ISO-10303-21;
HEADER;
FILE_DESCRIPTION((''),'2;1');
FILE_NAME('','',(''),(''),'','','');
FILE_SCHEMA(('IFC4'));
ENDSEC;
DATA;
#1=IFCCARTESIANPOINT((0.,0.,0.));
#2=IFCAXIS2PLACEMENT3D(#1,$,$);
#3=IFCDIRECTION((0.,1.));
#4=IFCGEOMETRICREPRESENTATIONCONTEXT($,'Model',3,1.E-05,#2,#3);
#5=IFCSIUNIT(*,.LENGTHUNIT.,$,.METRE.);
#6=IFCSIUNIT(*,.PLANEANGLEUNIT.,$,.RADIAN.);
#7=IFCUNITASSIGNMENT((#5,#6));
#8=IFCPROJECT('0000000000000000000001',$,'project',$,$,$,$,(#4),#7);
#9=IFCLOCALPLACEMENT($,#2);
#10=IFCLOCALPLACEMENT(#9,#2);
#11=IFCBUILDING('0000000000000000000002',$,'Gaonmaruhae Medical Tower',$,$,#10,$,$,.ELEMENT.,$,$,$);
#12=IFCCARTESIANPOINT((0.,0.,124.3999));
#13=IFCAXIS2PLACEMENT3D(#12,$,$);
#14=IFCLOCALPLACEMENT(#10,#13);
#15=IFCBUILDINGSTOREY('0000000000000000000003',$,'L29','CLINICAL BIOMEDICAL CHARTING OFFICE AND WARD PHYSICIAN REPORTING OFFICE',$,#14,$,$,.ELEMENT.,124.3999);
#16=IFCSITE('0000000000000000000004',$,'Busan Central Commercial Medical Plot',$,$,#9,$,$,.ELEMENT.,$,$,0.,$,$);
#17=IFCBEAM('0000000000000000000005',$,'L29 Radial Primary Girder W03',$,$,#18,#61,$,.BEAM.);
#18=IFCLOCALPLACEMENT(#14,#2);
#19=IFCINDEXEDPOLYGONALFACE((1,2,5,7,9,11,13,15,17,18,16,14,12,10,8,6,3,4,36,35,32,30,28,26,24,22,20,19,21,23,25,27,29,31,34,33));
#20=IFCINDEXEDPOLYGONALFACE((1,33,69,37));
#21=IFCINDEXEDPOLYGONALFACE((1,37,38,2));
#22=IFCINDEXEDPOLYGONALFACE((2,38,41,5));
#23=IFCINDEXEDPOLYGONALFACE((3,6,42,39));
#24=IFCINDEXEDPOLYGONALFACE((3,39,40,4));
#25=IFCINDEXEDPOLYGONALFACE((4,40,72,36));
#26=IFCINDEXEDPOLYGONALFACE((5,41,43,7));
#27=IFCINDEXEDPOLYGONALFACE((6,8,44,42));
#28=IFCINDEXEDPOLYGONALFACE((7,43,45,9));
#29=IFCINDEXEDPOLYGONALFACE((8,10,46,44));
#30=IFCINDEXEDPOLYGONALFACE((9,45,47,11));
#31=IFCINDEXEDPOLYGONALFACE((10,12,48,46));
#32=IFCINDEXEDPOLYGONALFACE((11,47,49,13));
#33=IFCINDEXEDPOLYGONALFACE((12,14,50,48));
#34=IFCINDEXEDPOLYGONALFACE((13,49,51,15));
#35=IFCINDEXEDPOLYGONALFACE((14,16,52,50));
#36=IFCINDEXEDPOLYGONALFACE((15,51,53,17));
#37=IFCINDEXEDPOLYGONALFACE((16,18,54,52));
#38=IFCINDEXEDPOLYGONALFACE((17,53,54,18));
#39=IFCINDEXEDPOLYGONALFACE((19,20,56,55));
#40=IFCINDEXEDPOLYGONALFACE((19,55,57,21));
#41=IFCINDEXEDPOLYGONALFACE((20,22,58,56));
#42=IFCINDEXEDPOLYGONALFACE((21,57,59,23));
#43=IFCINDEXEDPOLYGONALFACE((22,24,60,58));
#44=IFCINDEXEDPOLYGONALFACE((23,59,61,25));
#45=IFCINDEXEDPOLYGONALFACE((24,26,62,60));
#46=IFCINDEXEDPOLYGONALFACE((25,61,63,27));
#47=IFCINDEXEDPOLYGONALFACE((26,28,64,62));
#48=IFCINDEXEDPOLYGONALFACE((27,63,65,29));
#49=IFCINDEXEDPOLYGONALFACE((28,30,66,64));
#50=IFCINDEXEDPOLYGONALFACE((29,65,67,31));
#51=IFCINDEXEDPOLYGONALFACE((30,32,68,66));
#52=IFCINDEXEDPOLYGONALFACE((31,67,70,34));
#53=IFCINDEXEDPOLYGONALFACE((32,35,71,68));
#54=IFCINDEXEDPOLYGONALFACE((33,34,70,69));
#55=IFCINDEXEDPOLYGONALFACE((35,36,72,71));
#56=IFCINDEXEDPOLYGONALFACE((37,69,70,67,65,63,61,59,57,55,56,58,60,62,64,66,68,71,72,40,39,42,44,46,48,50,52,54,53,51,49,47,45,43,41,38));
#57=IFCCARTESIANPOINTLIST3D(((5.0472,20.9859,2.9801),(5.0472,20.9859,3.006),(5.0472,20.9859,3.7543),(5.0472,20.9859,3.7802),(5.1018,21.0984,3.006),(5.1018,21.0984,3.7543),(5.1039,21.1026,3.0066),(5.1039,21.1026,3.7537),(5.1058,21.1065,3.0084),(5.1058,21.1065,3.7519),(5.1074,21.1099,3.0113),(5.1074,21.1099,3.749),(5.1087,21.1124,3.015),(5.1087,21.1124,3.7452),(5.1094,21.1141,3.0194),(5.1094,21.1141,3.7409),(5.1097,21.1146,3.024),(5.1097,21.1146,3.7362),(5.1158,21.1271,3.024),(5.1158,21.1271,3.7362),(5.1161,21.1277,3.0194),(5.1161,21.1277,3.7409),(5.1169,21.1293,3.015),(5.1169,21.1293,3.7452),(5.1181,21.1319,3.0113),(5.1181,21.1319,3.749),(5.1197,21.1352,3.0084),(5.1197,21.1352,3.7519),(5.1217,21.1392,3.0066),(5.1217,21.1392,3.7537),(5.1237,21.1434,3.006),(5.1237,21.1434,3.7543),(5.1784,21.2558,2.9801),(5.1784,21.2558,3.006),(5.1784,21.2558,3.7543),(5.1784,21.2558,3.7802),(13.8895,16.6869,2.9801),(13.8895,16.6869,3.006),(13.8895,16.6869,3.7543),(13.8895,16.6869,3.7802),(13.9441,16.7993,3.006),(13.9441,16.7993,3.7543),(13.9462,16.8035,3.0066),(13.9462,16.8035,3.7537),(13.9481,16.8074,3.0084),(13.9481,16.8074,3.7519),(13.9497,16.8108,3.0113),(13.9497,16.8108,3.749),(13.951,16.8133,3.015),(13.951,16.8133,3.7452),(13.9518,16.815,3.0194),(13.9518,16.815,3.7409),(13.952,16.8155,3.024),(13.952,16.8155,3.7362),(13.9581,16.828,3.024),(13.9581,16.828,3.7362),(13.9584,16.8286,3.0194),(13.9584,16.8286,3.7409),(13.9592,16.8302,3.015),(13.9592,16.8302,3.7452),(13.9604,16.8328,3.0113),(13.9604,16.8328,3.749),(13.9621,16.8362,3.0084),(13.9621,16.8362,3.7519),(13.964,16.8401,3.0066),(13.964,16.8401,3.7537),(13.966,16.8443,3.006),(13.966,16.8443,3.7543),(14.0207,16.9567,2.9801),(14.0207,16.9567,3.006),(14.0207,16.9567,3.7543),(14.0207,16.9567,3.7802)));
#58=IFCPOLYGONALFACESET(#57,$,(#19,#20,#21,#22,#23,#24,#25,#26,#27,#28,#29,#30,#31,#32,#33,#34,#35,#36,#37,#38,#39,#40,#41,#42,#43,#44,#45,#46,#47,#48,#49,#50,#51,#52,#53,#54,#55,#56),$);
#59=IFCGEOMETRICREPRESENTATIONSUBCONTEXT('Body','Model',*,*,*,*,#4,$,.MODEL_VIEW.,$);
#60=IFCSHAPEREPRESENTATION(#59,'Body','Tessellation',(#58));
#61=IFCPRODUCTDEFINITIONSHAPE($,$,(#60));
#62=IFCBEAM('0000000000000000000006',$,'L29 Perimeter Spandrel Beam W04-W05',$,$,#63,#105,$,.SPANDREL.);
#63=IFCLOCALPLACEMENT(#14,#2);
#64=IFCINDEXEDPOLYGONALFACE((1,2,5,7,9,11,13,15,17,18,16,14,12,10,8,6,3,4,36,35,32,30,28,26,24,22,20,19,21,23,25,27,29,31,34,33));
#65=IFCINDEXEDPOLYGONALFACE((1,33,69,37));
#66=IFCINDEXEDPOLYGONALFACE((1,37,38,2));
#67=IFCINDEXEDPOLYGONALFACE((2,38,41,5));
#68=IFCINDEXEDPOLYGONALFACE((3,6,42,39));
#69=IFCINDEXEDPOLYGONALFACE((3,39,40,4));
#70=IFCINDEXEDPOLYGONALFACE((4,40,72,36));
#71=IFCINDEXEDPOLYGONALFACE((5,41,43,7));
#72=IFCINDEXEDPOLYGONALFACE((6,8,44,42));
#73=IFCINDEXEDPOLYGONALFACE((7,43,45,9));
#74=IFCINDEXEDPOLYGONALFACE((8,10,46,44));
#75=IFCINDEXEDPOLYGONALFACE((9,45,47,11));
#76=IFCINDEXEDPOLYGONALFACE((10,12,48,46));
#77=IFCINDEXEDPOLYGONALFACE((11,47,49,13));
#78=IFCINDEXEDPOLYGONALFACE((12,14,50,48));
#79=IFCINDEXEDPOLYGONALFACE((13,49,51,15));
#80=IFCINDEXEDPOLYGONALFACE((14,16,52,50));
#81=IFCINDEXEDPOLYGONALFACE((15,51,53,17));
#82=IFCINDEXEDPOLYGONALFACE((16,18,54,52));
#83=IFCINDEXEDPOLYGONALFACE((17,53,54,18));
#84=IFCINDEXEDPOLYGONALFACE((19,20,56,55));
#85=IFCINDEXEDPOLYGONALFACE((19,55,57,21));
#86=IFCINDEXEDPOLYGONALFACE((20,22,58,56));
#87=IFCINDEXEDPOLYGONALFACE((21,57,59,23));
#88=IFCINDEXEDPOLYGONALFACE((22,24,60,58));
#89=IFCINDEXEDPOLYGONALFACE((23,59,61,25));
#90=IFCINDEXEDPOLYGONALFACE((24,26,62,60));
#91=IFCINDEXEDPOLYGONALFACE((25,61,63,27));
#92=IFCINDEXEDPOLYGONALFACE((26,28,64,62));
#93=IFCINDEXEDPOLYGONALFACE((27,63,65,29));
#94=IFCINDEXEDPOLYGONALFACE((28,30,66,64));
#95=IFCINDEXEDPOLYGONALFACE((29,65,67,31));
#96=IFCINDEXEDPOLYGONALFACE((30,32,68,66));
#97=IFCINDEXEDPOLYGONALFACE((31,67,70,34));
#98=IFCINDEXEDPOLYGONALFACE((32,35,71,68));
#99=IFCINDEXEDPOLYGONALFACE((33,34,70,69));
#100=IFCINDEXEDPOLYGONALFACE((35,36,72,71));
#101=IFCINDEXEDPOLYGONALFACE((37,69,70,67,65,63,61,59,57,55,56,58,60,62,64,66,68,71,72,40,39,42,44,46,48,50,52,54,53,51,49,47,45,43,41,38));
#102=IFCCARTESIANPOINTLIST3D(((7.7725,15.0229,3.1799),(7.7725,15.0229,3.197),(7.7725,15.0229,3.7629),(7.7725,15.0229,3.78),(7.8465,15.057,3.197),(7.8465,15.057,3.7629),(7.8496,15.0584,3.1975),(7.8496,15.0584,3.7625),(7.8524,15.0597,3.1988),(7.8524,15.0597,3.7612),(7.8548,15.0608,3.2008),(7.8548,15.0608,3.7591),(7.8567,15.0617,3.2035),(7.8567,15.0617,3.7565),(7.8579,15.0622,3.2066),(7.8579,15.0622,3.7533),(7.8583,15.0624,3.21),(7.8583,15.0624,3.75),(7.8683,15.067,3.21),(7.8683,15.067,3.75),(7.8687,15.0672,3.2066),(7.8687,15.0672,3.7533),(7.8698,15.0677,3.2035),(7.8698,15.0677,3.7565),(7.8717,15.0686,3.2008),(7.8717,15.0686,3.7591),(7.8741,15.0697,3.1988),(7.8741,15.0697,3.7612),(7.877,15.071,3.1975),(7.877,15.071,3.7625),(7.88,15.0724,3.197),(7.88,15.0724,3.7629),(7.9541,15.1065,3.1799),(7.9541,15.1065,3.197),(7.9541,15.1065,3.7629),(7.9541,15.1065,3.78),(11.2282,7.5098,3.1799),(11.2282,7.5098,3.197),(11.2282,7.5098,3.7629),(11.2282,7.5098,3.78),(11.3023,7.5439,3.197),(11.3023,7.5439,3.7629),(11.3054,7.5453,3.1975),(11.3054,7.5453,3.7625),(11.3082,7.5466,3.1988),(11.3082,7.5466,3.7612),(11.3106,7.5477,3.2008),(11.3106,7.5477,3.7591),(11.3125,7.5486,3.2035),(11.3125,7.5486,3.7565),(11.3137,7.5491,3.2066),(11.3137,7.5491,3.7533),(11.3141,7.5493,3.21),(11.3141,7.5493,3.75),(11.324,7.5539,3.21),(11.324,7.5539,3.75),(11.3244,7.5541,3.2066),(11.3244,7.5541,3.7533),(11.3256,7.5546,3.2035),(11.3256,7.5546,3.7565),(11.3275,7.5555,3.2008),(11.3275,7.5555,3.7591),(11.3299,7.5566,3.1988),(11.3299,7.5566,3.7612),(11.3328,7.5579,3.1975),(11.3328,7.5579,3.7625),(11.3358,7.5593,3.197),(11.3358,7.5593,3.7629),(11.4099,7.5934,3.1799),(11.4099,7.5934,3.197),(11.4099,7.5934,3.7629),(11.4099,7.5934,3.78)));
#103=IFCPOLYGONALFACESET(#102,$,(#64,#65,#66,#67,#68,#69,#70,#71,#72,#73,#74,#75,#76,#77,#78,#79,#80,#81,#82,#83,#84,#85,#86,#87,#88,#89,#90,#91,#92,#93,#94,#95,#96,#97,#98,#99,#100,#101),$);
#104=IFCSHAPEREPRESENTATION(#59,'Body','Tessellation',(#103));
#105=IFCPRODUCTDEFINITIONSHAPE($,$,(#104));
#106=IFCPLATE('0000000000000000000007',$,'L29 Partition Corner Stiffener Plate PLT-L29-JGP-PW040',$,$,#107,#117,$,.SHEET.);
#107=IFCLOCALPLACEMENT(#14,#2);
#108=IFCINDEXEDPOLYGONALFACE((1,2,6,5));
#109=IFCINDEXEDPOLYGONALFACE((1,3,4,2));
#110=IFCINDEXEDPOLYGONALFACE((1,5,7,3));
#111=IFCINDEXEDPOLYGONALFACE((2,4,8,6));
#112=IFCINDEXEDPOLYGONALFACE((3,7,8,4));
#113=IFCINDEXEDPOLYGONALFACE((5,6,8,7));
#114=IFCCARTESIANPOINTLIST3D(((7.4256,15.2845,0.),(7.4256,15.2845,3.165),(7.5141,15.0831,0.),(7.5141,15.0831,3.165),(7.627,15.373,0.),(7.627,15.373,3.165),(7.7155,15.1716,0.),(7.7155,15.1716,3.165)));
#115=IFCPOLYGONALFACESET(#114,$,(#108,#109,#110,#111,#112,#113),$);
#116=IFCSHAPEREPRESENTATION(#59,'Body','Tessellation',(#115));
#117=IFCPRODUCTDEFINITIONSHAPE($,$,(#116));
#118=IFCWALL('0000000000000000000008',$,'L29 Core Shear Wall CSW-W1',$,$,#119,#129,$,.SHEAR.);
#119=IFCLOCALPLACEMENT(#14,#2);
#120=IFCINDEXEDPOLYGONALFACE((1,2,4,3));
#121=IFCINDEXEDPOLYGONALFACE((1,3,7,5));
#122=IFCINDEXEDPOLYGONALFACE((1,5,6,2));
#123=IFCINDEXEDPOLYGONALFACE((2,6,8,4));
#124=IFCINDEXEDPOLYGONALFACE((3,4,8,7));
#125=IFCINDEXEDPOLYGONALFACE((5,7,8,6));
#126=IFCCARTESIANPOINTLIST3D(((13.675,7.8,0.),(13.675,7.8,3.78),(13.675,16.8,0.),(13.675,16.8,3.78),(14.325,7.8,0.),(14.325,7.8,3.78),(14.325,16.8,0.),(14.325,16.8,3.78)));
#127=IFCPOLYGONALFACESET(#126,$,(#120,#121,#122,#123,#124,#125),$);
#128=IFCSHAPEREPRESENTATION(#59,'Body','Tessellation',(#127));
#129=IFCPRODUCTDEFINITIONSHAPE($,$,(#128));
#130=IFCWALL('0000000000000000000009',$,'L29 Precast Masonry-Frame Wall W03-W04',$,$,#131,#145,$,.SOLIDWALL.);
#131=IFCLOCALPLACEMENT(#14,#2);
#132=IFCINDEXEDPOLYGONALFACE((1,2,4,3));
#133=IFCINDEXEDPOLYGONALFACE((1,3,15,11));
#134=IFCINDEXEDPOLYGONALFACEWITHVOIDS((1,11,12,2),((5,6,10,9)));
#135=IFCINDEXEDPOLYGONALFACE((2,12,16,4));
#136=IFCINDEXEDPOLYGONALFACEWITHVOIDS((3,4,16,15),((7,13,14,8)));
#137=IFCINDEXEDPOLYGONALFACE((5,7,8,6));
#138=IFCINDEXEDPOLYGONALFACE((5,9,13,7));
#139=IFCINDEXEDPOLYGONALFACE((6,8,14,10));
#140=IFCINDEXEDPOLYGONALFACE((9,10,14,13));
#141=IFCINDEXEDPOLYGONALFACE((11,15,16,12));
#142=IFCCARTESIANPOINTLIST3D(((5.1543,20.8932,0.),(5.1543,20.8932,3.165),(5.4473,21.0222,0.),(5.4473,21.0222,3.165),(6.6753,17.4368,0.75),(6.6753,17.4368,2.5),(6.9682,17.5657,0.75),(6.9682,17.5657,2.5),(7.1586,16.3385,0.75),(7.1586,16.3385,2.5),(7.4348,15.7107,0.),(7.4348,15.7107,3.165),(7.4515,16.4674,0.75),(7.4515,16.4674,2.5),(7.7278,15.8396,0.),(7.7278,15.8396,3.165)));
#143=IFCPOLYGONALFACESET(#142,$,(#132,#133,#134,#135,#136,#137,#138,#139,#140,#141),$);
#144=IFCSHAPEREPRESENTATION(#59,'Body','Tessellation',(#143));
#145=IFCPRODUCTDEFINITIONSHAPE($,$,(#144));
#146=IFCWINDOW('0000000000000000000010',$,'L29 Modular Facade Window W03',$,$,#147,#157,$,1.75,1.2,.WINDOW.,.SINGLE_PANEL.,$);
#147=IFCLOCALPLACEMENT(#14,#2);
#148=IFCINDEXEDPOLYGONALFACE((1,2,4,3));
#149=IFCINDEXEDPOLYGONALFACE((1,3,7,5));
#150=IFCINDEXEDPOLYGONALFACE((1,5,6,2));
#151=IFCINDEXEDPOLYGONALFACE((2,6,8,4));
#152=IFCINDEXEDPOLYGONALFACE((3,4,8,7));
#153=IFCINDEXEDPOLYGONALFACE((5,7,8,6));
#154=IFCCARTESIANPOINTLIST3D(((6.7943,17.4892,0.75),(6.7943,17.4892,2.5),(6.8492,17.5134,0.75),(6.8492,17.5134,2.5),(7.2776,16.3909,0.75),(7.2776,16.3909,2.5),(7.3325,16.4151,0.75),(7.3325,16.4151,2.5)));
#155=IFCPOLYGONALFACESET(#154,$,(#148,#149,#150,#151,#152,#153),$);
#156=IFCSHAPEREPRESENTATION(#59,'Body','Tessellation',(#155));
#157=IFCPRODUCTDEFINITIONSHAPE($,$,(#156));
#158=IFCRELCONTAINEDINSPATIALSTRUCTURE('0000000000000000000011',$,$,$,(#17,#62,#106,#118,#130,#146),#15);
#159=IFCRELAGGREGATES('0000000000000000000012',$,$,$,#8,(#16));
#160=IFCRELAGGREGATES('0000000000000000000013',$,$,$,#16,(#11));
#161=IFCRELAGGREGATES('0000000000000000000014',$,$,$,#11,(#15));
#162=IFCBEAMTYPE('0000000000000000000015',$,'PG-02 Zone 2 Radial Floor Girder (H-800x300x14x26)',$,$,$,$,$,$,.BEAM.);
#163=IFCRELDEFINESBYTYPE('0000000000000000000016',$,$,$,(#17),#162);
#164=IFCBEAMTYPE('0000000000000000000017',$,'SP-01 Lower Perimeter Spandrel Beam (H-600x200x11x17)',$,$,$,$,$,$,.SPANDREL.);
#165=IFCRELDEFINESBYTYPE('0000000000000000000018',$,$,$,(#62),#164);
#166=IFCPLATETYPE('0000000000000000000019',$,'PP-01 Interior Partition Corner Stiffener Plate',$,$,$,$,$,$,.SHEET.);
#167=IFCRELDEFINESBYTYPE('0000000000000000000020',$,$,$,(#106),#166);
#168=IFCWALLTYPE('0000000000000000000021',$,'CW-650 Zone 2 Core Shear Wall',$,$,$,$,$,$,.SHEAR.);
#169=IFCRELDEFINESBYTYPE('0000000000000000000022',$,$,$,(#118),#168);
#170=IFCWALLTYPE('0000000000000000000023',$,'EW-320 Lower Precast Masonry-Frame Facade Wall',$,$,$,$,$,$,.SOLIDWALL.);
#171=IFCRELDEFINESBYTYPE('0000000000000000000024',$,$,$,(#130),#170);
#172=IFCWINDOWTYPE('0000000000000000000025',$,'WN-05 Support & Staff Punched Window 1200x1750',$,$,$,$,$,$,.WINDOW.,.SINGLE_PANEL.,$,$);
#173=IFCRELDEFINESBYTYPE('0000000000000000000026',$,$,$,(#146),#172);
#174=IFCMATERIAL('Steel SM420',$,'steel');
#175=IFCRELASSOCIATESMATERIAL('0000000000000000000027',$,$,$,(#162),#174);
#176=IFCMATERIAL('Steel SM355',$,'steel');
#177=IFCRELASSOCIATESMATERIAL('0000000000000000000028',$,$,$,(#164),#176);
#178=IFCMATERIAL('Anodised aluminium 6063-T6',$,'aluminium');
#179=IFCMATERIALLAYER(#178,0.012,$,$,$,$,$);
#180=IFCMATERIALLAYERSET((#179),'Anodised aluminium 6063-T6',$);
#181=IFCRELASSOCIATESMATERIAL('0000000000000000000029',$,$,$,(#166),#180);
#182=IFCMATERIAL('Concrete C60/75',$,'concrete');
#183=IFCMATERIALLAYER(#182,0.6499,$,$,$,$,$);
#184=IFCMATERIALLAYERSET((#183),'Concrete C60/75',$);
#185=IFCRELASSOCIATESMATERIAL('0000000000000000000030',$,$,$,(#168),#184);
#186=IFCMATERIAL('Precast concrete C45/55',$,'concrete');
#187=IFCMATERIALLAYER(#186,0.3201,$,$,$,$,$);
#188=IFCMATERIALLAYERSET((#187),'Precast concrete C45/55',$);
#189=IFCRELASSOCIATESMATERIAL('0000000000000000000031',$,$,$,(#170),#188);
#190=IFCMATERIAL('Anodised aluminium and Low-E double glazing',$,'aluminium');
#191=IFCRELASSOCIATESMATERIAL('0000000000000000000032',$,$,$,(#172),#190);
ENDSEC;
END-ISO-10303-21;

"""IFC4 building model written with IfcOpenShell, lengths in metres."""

from ifc_helpers import new_model, si_unit, direction, frame, frame_2d, origin, origin_2d, place, context, subcontext, project, spatial, rectangle, i_section, extrude, material, layer, layer_set, material_profile, profile_set, type_object, element, fill, save


model = new_model("IFC4")

# Units and contexts
model_context = context("Model", 3, precision=1e-05, world=origin(), true_north=direction((0.0, 1.0)))
body_context = subcontext(model_context, "Body", "Model", "MODEL_VIEW")
ifc_project = project(units=[si_unit("LENGTHUNIT", "METRE"), si_unit("PLANEANGLEUNIT", "RADIAN")], contexts=[model_context])

# Site, building, storey
site_placement = place(None, origin())
site = spatial("IfcSite", under=ifc_project, at=site_placement, Name="Busan Central Commercial Medical Plot", CompositionType="ELEMENT", RefElevation=0.0)
building_placement = place(site_placement, origin())
building = spatial("IfcBuilding", under=site, at=building_placement, Name="Gaonmaruhae Medical Tower", CompositionType="ELEMENT")
storey_placement = place(building_placement, frame((0.0, 0.0, 124.3999)))
storey = spatial("IfcBuildingStorey", under=building, at=storey_placement, Name="L29", Description="CLINICAL BIOMEDICAL CHARTING OFFICE AND WARD PHYSICIAN REPORTING OFFICE", CompositionType="ELEMENT", Elevation=124.3999)

# Shared definitions
ifc_material_1 = material(Name="Concrete C60/75", Category="concrete")

# Beams
ifc_material_2 = material(Name="Steel SM420", Category="steel")
ifc_material_profile_1 = material_profile(ifc_material_2, i_section(OverallWidth=0.3, OverallDepth=0.8, WebThickness=0.0139, FlangeThickness=0.0259, FilletRadius=0.0181, at=origin_2d()), Name="H-800x300x14x26")
ifc_profile_set_1 = profile_set([ifc_material_profile_1], Name="Steel SM420")
beam_type_1 = type_object("IfcBeamType", Name="PG-02 Zone 2 Radial Floor Girder (H-800x300x14x26)", PredefinedType="BEAM", material=ifc_profile_set_1)
beam_1_placement = place(storey_placement, frame((13.9551, 16.8218, 3.3801), z_axis=(-0.899338, 0.437254, 0.0), x_axis=(-0.437254, -0.899338, 0.0)))
element("IfcBeam", 1, at=beam_1_placement, inside=storey, type_object=beam_type_1, Name="L29 Radial Primary Girder W03", PredefinedType="BEAM", context=body_context, shape_type="SweptSolid", body=[
    extrude(i_section(OverallWidth=0.3, OverallDepth=0.8, WebThickness=0.0139, FlangeThickness=0.0259, FilletRadius=0.0181, at=origin_2d()), origin(), (0.0, 0.0, 1.0), 9.832),
])
ifc_material_3 = material(Name="Steel SM355", Category="steel")
ifc_material_profile_2 = material_profile(ifc_material_3, i_section(OverallWidth=0.2, OverallDepth=0.6001, WebThickness=0.011, FlangeThickness=0.0171, FilletRadius=0.0129, at=origin_2d()), Name="H-600x200x11x17")
ifc_profile_set_2 = profile_set([ifc_material_profile_2], Name="Steel SM355")
beam_type_2 = type_object("IfcBeamType", Name="SP-01 Lower Perimeter Spandrel Beam (H-600x200x11x17)", PredefinedType="SPANDREL", material=ifc_profile_set_2)
beam_2_placement = place(storey_placement, frame((7.8633, 15.0647, 3.48), z_axis=(0.41788, -0.908502, 0.0), x_axis=(0.908502, 0.41788, 0.0)))
element("IfcBeam", 2, at=beam_2_placement, inside=storey, type_object=beam_type_2, Name="L29 Perimeter Spandrel Beam W04-W05", PredefinedType="SPANDREL", context=body_context, shape_type="SweptSolid", body=[
    extrude(i_section(OverallWidth=0.2, OverallDepth=0.6001, WebThickness=0.011, FlangeThickness=0.0171, FilletRadius=0.0129, at=origin_2d()), origin(), (0.0, 0.0, 1.0), 8.2698),
])

# Plate
ifc_material_4 = material(Name="Anodised aluminium 6063-T6", Category="aluminium")
ifc_layer_1 = layer(ifc_material_4, 0.012)
ifc_layer_set_1 = layer_set([ifc_layer_1], Name="Anodised aluminium 6063-T6")
plate_type = type_object("IfcPlateType", Name="PP-01 Interior Partition Corner Stiffener Plate", PredefinedType="SHEET", material=ifc_layer_set_1)
plate_placement = place(storey_placement, frame((7.5706, 15.228, 0.0), z_axis=(0.0, 0.0, 1.0), x_axis=(-0.402299, 0.915508, 0.0)))
element("IfcPlate", 3, at=plate_placement, inside=storey, type_object=plate_type, Name="L29 Partition Corner Stiffener Plate PLT-L29-JGP-PW040", PredefinedType="SHEET", context=body_context, shape_type="SweptSolid", body=[
    extrude(rectangle(XDim=0.22, YDim=0.22, at=origin_2d()), origin(), (0.0, 0.0, 1.0), 3.165),
])

# Wall
ifc_layer_2 = layer(ifc_material_1, 0.6499)
ifc_layer_set_2 = layer_set([ifc_layer_2], Name="Concrete C60/75")
wall_type_1 = type_object("IfcWallType", Name="CW-650 Zone 2 Core Shear Wall", PredefinedType="SHEAR", material=ifc_layer_set_2)
wall_1_placement = place(storey_placement, frame((14.0, 16.8, 0.0), z_axis=(0.0, 0.0, 1.0), x_axis=(0.0, -1.0, 0.0)))
element("IfcWall", 4, at=wall_1_placement, inside=storey, type_object=wall_type_1, Name="L29 Core Shear Wall CSW-W1", PredefinedType="SHEAR", context=body_context, shape_type="SweptSolid", body=[
    extrude(rectangle(XDim=9.0, YDim=0.6499, at=frame_2d((4.5, 0.0))), origin(), (0.0, 0.0, 1.0), 3.78),
])

# Wall, opening, window
ifc_material_5 = material(Name="Precast concrete C45/55", Category="concrete")
ifc_layer_3 = layer(ifc_material_5, 0.3201)
ifc_layer_set_3 = layer_set([ifc_layer_3], Name="Precast concrete C45/55")
wall_type_2 = type_object("IfcWallType", Name="EW-320 Lower Precast Masonry-Frame Facade Wall", PredefinedType="SOLIDWALL", material=ifc_layer_set_3)
wall_2_placement = place(storey_placement, frame((7.5813, 15.7751, 0.0), z_axis=(0.0, 0.0, 1.0), x_axis=(-0.402763, 0.915304, 0.0)))
wall_2 = element("IfcWall", 5, at=wall_2_placement, inside=storey, type_object=wall_type_2, Name="L29 Precast Masonry-Frame Wall W03-W04", PredefinedType="SOLIDWALL", context=body_context, shape_type="SweptSolid", body=[
    extrude(rectangle(XDim=5.6621, YDim=0.3201, at=frame_2d((2.8311, 0.0))), origin(), (0.0, 0.0, 1.0), 3.165),
])
opening_1_placement = place(wall_2_placement, frame((0.6858, 0.0, 0.75)))
opening_1 = element("IfcOpeningElement", 6, at=opening_1_placement, cuts=wall_2, PredefinedType="OPENING", context=body_context, shape_type="SweptSolid", body=[
    extrude(rectangle(XDim=1.2, YDim=1.75, at=frame_2d((0.6001, 0.875))), frame((0.0, 0.1699, 0.0), z_axis=(0.0, -1.0, 0.0), x_axis=(1.0, 0.0, 0.0)), (0.0, 0.0, 1.0), 0.3401),
])
ifc_material_6 = material(Name="Anodised aluminium and Low-E double glazing", Category="aluminium")
window_type_1 = type_object("IfcWindowType", Name="WN-05 Support & Staff Punched Window 1200x1750", PartitioningType="SINGLE_PANEL", PredefinedType="WINDOW", material=ifc_material_6)
window_1_placement = place(opening_1_placement, origin())
window_1 = element("IfcWindow", 7, at=window_1_placement, inside=storey, type_object=window_type_1, Name="L29 Modular Facade Window W03", OverallHeight=1.75, OverallWidth=1.2, PartitioningType="SINGLE_PANEL", PredefinedType="WINDOW", context=body_context, shape_type="SweptSolid", body=[
    extrude(rectangle(XDim=1.2, YDim=1.75, at=frame_2d((0.6001, 0.875))), frame((0.0, 0.03, 0.0), z_axis=(0.0, -1.0, 0.0), x_axis=(1.0, 0.0, 0.0)), (0.0, 0.0, 1.0), 0.0601),
])
fill(opening_1, window_1)

save(model, "model.ifc")
